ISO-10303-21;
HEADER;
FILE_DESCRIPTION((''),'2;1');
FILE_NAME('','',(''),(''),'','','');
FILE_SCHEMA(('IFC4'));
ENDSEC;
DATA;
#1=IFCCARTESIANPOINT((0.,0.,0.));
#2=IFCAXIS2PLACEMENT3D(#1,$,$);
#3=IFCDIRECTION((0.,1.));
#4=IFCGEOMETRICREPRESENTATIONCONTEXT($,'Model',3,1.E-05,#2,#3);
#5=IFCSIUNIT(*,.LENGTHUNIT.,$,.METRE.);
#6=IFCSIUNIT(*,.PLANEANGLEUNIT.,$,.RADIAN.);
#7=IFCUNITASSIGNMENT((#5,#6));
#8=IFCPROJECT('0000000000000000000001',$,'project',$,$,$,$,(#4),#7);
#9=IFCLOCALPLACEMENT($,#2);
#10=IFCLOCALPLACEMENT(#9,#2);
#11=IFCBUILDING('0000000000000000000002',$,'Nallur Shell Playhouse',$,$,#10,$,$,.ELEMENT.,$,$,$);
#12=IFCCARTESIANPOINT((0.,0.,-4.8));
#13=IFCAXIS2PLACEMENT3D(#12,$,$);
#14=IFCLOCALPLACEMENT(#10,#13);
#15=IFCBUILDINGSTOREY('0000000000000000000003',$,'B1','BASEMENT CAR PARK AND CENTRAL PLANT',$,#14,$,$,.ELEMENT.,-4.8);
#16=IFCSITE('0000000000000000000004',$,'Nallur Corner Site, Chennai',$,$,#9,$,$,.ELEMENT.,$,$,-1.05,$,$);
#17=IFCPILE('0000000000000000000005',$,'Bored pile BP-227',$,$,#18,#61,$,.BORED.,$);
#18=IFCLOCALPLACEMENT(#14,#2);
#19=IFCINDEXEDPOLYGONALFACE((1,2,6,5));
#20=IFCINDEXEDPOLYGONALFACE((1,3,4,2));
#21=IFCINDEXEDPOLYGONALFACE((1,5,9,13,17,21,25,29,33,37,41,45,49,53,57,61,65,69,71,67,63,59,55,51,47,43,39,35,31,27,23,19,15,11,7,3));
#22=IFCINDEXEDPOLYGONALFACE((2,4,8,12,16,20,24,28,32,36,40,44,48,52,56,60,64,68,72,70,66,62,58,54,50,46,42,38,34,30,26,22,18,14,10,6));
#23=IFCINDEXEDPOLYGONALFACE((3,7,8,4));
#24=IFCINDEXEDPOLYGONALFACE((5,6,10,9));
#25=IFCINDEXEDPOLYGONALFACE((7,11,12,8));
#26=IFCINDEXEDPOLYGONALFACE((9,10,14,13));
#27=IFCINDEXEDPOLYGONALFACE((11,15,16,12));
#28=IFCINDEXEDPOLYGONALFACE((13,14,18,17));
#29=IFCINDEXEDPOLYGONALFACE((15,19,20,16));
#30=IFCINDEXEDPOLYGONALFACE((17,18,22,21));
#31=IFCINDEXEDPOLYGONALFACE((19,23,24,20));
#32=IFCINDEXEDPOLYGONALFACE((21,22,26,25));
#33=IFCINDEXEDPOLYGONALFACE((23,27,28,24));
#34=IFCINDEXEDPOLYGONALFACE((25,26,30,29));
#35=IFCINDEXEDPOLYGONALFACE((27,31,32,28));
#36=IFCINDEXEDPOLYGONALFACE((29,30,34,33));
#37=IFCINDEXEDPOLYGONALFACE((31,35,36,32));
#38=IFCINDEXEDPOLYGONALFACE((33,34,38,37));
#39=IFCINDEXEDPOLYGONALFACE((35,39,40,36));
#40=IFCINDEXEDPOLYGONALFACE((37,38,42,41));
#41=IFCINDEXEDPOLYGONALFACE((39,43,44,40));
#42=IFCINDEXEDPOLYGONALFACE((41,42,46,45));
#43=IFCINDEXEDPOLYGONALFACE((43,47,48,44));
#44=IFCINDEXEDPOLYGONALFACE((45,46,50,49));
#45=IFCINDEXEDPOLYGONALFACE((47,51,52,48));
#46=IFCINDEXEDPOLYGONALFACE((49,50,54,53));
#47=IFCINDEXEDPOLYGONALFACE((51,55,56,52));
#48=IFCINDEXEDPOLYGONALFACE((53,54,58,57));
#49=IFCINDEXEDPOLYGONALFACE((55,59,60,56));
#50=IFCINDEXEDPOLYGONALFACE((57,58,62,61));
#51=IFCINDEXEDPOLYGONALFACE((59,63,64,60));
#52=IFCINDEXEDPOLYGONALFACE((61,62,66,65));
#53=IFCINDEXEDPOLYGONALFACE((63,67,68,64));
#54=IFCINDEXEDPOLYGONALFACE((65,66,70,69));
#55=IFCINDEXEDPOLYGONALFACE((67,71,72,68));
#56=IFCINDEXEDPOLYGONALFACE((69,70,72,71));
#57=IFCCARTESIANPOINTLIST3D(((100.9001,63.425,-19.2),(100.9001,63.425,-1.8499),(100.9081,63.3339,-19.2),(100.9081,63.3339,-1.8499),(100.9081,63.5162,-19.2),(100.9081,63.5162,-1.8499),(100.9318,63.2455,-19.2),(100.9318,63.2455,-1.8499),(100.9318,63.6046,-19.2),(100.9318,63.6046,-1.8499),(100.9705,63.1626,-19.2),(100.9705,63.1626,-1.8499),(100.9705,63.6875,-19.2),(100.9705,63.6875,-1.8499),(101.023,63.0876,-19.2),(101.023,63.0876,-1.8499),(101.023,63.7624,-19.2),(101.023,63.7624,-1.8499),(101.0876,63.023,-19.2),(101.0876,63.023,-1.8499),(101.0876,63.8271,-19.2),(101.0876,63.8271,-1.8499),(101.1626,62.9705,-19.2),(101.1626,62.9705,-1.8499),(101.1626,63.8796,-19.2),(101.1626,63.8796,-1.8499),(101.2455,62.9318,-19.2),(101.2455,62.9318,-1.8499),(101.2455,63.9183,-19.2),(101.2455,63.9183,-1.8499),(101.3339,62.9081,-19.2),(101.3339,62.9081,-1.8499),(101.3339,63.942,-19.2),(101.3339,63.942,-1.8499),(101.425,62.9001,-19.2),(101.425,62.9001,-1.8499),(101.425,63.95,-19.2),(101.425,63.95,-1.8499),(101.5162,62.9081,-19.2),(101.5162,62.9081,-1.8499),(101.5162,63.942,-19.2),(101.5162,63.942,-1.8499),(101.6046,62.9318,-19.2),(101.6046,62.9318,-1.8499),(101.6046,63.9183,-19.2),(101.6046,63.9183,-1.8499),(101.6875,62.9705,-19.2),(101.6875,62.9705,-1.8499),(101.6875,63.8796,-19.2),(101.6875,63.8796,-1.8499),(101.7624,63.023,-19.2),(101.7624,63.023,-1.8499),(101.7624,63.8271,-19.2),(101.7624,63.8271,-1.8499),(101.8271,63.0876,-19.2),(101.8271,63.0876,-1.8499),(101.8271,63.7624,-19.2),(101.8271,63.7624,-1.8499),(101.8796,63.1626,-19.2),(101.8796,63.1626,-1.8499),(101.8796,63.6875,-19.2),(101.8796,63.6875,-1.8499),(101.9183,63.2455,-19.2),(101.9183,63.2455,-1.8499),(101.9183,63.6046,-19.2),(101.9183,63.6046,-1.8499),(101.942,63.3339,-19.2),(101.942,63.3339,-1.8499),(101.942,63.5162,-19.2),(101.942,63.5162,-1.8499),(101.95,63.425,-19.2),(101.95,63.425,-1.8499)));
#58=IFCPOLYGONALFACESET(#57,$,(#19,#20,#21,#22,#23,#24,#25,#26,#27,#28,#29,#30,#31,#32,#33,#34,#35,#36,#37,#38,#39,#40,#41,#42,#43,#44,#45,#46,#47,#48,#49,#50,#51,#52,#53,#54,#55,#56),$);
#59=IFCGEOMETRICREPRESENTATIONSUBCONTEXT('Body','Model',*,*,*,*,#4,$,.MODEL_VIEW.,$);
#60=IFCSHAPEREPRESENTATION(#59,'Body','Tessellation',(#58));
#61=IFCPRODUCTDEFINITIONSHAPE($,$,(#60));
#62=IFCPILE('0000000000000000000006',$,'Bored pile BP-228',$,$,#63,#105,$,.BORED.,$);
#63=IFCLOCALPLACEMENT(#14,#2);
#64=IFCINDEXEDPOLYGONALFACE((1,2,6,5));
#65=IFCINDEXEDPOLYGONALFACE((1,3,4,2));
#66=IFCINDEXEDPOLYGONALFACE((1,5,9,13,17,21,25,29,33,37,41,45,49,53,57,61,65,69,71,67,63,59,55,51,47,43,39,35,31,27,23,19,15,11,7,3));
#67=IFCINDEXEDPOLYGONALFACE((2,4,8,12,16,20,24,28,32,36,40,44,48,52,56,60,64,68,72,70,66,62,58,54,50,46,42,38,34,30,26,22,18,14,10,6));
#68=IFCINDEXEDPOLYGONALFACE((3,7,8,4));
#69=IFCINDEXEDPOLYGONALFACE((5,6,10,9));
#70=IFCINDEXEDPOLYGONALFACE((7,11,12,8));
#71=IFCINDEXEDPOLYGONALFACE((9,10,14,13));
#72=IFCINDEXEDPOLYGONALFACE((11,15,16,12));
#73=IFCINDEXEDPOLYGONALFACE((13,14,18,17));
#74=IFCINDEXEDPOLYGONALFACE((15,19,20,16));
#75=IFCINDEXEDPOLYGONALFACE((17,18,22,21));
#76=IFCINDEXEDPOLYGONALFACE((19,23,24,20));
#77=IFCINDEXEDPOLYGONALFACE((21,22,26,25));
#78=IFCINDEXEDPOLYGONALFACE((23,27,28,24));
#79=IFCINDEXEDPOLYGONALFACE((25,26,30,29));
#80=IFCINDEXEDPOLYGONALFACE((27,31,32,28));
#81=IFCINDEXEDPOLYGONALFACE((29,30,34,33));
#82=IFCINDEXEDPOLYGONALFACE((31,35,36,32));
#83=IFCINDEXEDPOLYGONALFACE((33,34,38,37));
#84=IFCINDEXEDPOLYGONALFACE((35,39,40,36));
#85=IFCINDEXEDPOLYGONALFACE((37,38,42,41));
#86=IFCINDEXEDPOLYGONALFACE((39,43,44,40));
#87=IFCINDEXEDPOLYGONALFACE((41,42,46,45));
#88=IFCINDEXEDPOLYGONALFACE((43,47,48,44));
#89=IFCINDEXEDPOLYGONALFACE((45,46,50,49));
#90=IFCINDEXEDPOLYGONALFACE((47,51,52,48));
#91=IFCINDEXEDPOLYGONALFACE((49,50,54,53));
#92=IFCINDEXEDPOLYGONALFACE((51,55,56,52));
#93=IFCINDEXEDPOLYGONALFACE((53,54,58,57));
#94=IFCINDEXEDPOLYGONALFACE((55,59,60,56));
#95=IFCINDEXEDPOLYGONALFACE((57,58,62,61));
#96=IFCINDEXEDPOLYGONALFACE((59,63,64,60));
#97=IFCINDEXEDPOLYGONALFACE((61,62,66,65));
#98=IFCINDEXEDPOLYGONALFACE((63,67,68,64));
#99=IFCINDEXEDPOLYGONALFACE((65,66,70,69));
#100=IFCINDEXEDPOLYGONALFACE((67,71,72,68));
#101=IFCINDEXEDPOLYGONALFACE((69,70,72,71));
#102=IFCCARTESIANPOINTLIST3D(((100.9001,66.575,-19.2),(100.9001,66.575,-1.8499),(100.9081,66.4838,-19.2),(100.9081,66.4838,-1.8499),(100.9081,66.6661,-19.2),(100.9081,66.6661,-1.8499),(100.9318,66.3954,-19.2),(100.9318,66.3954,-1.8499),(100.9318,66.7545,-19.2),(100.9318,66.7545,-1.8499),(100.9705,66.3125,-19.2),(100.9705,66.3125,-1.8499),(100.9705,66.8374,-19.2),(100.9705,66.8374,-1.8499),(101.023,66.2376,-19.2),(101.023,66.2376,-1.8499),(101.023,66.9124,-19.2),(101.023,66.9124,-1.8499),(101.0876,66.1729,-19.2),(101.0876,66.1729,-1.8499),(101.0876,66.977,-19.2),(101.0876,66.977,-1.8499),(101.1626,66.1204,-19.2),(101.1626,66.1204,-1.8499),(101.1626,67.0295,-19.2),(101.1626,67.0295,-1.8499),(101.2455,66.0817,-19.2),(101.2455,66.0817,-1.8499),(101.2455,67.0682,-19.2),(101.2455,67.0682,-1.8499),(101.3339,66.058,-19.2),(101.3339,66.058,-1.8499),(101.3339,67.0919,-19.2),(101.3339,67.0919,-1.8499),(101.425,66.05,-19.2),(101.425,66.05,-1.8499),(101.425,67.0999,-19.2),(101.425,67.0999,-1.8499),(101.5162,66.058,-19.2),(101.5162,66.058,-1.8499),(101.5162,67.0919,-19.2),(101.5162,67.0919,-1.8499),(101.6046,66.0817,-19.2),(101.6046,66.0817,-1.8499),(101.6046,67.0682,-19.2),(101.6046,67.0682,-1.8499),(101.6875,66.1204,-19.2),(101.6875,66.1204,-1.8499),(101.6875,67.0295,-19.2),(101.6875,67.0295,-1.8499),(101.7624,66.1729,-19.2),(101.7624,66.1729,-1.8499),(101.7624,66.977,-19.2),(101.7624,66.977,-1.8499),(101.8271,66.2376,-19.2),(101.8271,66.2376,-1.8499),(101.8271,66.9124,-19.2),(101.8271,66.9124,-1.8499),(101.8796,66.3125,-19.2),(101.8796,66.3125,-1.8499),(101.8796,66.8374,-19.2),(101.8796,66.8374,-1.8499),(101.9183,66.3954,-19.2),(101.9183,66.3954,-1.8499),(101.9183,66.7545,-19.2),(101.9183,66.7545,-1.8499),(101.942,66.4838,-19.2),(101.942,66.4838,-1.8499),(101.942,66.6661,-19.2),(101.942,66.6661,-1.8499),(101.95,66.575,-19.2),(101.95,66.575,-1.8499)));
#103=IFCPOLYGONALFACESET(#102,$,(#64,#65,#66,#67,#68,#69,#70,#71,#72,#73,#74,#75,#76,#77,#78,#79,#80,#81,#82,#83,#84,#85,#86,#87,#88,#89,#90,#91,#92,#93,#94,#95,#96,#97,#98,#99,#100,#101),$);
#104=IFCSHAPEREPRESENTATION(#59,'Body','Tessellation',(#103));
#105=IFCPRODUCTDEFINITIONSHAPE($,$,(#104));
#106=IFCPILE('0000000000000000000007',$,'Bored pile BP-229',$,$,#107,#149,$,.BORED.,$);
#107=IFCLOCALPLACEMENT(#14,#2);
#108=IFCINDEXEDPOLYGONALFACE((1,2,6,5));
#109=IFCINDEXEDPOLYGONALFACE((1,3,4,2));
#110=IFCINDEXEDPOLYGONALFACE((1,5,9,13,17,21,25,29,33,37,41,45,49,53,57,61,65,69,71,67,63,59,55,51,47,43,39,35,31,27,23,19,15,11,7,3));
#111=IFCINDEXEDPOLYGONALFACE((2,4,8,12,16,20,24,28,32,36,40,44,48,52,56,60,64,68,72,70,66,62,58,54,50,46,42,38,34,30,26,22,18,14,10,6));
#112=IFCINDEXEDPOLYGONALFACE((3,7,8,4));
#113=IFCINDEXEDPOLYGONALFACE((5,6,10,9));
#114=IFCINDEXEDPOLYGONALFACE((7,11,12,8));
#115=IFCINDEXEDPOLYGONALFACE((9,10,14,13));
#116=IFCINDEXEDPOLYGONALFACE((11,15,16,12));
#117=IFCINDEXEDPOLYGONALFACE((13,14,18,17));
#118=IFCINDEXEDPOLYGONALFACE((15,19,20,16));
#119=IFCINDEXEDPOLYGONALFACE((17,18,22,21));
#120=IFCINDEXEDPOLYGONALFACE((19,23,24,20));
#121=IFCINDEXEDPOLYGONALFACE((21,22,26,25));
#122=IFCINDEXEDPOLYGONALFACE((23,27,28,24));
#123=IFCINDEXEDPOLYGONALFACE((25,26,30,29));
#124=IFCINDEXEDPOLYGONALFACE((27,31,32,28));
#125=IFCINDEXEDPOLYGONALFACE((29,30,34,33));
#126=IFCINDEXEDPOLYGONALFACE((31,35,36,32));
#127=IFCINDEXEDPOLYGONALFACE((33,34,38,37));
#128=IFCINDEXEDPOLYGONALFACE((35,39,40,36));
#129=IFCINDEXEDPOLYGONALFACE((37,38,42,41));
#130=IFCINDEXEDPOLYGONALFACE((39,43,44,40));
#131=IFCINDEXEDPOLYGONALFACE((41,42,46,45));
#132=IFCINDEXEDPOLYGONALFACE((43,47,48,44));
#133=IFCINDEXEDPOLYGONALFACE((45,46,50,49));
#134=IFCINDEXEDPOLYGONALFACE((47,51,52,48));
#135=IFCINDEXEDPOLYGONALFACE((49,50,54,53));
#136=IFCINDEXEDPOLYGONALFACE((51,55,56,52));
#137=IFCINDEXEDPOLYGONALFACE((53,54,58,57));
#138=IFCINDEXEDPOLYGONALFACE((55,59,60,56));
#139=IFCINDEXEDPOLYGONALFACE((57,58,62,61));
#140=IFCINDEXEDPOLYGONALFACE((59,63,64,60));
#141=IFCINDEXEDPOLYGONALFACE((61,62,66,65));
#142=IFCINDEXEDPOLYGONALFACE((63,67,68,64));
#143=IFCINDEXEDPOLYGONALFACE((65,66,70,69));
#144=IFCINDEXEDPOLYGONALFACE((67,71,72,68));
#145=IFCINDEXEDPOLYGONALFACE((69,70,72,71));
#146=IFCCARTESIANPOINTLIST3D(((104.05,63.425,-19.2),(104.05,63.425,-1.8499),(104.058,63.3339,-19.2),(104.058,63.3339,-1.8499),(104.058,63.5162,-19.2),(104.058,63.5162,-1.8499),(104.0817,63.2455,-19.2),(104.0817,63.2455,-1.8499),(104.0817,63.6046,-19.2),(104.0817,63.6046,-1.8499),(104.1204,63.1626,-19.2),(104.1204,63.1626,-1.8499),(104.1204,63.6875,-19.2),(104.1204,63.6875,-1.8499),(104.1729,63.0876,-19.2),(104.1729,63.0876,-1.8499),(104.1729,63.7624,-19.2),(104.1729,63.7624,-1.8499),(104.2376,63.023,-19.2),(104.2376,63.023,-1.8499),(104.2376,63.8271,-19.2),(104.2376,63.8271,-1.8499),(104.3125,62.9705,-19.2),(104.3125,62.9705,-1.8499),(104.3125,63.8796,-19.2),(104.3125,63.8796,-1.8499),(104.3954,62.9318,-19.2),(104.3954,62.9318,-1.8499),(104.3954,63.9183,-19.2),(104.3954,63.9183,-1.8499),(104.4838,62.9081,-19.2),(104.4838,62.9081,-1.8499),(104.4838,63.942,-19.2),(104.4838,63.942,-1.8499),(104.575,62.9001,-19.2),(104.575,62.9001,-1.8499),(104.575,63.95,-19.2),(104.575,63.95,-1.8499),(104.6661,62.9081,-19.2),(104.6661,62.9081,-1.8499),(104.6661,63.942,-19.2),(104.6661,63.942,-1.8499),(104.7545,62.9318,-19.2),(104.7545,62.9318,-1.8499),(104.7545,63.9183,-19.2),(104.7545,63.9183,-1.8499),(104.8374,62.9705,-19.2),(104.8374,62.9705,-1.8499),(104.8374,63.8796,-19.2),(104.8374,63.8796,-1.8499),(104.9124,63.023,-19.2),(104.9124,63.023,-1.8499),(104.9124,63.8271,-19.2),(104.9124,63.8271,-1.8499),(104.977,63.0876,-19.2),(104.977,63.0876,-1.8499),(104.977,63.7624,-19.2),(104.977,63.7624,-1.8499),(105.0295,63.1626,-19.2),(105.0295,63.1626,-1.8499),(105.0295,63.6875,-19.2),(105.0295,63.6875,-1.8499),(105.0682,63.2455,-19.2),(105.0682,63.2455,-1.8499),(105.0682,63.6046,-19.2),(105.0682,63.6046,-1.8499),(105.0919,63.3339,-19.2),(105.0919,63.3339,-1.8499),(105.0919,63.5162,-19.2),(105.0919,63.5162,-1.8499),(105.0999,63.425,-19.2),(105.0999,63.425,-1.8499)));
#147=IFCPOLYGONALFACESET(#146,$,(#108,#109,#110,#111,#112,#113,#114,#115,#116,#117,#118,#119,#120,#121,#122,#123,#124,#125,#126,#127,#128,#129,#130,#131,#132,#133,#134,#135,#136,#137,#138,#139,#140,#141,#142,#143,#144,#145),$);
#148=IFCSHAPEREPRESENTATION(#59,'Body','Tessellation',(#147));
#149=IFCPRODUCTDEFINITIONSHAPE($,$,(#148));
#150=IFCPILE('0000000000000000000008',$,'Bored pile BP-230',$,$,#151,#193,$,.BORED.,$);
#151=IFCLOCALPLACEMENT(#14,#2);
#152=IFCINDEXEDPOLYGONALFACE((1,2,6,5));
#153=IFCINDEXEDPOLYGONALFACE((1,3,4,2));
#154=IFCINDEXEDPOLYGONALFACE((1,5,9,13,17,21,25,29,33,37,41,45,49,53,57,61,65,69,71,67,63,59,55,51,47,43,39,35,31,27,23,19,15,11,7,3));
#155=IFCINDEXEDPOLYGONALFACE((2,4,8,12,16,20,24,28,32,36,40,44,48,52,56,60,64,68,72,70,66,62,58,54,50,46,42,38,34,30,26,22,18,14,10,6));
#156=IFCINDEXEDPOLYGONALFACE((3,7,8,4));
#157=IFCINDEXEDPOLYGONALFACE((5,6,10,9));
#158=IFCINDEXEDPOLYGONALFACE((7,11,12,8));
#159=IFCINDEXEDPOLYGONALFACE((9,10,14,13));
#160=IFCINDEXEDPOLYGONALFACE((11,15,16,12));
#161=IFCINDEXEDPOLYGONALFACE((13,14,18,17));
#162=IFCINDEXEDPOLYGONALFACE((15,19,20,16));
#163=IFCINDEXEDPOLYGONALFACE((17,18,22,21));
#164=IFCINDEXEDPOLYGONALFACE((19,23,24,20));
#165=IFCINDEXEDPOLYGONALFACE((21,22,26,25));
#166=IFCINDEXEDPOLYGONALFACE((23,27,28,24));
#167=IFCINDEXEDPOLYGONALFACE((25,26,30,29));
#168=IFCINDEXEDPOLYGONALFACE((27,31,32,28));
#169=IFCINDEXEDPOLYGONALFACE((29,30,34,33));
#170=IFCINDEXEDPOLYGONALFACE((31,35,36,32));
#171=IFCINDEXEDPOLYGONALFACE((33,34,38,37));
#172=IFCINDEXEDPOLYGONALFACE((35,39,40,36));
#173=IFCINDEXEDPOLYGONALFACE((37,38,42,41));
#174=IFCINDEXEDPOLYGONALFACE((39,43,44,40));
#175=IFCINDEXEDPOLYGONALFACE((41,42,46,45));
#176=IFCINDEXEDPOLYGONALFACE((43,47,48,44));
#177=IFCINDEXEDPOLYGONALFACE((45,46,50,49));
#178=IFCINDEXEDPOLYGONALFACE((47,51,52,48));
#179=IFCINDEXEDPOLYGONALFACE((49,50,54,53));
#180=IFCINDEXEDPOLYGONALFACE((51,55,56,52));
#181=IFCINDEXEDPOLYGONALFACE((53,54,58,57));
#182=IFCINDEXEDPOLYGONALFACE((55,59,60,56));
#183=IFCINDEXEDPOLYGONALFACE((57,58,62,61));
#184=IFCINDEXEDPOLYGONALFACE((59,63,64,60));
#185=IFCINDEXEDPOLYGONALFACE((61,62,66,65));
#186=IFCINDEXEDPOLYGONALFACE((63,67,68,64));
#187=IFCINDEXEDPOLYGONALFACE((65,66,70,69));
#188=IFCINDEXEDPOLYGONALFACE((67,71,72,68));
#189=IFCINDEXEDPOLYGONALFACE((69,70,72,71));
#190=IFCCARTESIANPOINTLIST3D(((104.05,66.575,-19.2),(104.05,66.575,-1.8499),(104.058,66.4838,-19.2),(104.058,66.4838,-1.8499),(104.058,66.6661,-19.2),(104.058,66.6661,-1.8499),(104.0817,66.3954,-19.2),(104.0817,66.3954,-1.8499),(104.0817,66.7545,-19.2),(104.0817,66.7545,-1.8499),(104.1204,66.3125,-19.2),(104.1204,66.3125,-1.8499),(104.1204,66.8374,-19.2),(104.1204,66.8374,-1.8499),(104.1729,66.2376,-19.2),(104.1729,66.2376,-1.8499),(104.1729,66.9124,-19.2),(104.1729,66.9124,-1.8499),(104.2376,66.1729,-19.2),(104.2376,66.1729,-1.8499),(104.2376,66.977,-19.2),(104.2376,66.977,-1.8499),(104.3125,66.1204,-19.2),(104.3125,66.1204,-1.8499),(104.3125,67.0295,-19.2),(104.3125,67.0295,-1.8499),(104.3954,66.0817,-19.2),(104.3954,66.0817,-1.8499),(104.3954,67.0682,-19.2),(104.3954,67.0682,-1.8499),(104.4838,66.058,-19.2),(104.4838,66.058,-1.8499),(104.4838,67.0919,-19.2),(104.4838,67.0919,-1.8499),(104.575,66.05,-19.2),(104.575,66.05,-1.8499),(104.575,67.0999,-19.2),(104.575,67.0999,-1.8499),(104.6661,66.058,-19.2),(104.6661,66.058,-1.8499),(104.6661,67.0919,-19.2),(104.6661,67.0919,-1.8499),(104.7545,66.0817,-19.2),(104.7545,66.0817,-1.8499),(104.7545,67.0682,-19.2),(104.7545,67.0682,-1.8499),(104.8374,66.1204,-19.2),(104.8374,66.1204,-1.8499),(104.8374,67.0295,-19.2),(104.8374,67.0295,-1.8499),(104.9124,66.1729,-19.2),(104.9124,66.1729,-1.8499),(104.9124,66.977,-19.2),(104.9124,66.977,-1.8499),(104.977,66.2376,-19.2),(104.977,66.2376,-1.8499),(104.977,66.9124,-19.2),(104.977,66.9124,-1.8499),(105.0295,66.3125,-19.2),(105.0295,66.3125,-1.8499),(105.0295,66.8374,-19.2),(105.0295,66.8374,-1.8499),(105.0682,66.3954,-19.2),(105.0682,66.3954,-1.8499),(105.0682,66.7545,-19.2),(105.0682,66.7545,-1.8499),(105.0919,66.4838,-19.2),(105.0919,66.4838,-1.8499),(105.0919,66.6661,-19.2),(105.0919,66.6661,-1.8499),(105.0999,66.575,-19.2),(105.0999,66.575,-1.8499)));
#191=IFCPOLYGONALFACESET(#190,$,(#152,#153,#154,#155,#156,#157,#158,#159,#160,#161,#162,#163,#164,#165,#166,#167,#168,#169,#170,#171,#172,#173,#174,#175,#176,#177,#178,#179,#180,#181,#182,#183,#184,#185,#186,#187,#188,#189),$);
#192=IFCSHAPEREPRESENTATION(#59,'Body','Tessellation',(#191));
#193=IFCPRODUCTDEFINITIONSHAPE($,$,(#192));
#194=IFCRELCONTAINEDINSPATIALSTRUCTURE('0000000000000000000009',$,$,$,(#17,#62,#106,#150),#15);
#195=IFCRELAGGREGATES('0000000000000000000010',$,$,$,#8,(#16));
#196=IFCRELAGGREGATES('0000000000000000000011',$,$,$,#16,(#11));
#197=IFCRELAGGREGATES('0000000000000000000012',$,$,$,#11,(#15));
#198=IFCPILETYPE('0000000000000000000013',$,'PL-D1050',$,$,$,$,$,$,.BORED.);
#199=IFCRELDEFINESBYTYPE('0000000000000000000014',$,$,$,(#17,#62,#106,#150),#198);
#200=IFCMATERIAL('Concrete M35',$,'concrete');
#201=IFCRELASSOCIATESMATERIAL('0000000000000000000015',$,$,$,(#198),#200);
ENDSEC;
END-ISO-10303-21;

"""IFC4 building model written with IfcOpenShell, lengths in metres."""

from ifc_helpers import new_model, si_unit, direction, frame, origin, origin_2d, place, context, subcontext, project, spatial, circle, extrude, material, material_profile, profile_set, type_object, element, save


model = new_model("IFC4")

# Units and contexts
model_context = context("Model", 3, precision=1e-05, world=origin(), true_north=direction((0.0, 1.0)))
body_context = subcontext(model_context, "Body", "Model", "MODEL_VIEW")
ifc_project = project(units=[si_unit("LENGTHUNIT", "METRE"), si_unit("PLANEANGLEUNIT", "RADIAN")], contexts=[model_context])

# Site, building, storey
site_placement = place(None, origin())
site = spatial("IfcSite", under=ifc_project, at=site_placement, Name="Nallur Corner Site, Chennai", CompositionType="ELEMENT", RefElevation=-1.05)
building_placement = place(site_placement, origin())
building = spatial("IfcBuilding", under=site, at=building_placement, Name="Nallur Shell Playhouse", CompositionType="ELEMENT")
storey_placement = place(building_placement, frame((0.0, 0.0, -4.8)))
storey = spatial("IfcBuildingStorey", under=building, at=storey_placement, Name="B1", Description="BASEMENT CAR PARK AND CENTRAL PLANT", CompositionType="ELEMENT", Elevation=-4.8)

# Shared definitions
ifc_material_1 = material(Name="Concrete M35", Category="concrete")

# Piles
ifc_material_profile_1 = material_profile(ifc_material_1, circle(Radius=0.5249, at=origin_2d()), Name="BORED PILE D1050")
ifc_profile_set_1 = profile_set([ifc_material_profile_1], Name="Concrete M35")
pile_type_1 = type_object("IfcPileType", Name="PL-D1050", PredefinedType="BORED", material=ifc_profile_set_1)
for number, where, z_axis, x_axis, name in (
    (1, (101.425, 63.425, -1.8499), (0.0, 0.0, -1.0), (1.0, 0.0, 0.0), "Bored pile BP-227"),
    (2, (101.425, 66.575, -1.8499), (0.0, 0.0, -1.0), (1.0, 0.0, 0.0), "Bored pile BP-228"),
    (3, (104.575, 63.425, -1.8499), (0.0, 0.0, -1.0), (1.0, 0.0, 0.0), "Bored pile BP-229"),
    (4, (104.575, 66.575, -1.8499), (0.0, 0.0, -1.0), (1.0, 0.0, 0.0), "Bored pile BP-230"),
):
    element("IfcPile", number, at=place(storey_placement, frame(where, z_axis=z_axis, x_axis=x_axis)), inside=storey, type_object=pile_type_1, Name=name, PredefinedType="BORED", context=body_context, shape_type="SweptSolid", body=[
        extrude(circle(Radius=0.5249, at=origin_2d()), origin(), (0.0, 0.0, 1.0), 17.3501),
    ])

save(model, "model.ifc")
